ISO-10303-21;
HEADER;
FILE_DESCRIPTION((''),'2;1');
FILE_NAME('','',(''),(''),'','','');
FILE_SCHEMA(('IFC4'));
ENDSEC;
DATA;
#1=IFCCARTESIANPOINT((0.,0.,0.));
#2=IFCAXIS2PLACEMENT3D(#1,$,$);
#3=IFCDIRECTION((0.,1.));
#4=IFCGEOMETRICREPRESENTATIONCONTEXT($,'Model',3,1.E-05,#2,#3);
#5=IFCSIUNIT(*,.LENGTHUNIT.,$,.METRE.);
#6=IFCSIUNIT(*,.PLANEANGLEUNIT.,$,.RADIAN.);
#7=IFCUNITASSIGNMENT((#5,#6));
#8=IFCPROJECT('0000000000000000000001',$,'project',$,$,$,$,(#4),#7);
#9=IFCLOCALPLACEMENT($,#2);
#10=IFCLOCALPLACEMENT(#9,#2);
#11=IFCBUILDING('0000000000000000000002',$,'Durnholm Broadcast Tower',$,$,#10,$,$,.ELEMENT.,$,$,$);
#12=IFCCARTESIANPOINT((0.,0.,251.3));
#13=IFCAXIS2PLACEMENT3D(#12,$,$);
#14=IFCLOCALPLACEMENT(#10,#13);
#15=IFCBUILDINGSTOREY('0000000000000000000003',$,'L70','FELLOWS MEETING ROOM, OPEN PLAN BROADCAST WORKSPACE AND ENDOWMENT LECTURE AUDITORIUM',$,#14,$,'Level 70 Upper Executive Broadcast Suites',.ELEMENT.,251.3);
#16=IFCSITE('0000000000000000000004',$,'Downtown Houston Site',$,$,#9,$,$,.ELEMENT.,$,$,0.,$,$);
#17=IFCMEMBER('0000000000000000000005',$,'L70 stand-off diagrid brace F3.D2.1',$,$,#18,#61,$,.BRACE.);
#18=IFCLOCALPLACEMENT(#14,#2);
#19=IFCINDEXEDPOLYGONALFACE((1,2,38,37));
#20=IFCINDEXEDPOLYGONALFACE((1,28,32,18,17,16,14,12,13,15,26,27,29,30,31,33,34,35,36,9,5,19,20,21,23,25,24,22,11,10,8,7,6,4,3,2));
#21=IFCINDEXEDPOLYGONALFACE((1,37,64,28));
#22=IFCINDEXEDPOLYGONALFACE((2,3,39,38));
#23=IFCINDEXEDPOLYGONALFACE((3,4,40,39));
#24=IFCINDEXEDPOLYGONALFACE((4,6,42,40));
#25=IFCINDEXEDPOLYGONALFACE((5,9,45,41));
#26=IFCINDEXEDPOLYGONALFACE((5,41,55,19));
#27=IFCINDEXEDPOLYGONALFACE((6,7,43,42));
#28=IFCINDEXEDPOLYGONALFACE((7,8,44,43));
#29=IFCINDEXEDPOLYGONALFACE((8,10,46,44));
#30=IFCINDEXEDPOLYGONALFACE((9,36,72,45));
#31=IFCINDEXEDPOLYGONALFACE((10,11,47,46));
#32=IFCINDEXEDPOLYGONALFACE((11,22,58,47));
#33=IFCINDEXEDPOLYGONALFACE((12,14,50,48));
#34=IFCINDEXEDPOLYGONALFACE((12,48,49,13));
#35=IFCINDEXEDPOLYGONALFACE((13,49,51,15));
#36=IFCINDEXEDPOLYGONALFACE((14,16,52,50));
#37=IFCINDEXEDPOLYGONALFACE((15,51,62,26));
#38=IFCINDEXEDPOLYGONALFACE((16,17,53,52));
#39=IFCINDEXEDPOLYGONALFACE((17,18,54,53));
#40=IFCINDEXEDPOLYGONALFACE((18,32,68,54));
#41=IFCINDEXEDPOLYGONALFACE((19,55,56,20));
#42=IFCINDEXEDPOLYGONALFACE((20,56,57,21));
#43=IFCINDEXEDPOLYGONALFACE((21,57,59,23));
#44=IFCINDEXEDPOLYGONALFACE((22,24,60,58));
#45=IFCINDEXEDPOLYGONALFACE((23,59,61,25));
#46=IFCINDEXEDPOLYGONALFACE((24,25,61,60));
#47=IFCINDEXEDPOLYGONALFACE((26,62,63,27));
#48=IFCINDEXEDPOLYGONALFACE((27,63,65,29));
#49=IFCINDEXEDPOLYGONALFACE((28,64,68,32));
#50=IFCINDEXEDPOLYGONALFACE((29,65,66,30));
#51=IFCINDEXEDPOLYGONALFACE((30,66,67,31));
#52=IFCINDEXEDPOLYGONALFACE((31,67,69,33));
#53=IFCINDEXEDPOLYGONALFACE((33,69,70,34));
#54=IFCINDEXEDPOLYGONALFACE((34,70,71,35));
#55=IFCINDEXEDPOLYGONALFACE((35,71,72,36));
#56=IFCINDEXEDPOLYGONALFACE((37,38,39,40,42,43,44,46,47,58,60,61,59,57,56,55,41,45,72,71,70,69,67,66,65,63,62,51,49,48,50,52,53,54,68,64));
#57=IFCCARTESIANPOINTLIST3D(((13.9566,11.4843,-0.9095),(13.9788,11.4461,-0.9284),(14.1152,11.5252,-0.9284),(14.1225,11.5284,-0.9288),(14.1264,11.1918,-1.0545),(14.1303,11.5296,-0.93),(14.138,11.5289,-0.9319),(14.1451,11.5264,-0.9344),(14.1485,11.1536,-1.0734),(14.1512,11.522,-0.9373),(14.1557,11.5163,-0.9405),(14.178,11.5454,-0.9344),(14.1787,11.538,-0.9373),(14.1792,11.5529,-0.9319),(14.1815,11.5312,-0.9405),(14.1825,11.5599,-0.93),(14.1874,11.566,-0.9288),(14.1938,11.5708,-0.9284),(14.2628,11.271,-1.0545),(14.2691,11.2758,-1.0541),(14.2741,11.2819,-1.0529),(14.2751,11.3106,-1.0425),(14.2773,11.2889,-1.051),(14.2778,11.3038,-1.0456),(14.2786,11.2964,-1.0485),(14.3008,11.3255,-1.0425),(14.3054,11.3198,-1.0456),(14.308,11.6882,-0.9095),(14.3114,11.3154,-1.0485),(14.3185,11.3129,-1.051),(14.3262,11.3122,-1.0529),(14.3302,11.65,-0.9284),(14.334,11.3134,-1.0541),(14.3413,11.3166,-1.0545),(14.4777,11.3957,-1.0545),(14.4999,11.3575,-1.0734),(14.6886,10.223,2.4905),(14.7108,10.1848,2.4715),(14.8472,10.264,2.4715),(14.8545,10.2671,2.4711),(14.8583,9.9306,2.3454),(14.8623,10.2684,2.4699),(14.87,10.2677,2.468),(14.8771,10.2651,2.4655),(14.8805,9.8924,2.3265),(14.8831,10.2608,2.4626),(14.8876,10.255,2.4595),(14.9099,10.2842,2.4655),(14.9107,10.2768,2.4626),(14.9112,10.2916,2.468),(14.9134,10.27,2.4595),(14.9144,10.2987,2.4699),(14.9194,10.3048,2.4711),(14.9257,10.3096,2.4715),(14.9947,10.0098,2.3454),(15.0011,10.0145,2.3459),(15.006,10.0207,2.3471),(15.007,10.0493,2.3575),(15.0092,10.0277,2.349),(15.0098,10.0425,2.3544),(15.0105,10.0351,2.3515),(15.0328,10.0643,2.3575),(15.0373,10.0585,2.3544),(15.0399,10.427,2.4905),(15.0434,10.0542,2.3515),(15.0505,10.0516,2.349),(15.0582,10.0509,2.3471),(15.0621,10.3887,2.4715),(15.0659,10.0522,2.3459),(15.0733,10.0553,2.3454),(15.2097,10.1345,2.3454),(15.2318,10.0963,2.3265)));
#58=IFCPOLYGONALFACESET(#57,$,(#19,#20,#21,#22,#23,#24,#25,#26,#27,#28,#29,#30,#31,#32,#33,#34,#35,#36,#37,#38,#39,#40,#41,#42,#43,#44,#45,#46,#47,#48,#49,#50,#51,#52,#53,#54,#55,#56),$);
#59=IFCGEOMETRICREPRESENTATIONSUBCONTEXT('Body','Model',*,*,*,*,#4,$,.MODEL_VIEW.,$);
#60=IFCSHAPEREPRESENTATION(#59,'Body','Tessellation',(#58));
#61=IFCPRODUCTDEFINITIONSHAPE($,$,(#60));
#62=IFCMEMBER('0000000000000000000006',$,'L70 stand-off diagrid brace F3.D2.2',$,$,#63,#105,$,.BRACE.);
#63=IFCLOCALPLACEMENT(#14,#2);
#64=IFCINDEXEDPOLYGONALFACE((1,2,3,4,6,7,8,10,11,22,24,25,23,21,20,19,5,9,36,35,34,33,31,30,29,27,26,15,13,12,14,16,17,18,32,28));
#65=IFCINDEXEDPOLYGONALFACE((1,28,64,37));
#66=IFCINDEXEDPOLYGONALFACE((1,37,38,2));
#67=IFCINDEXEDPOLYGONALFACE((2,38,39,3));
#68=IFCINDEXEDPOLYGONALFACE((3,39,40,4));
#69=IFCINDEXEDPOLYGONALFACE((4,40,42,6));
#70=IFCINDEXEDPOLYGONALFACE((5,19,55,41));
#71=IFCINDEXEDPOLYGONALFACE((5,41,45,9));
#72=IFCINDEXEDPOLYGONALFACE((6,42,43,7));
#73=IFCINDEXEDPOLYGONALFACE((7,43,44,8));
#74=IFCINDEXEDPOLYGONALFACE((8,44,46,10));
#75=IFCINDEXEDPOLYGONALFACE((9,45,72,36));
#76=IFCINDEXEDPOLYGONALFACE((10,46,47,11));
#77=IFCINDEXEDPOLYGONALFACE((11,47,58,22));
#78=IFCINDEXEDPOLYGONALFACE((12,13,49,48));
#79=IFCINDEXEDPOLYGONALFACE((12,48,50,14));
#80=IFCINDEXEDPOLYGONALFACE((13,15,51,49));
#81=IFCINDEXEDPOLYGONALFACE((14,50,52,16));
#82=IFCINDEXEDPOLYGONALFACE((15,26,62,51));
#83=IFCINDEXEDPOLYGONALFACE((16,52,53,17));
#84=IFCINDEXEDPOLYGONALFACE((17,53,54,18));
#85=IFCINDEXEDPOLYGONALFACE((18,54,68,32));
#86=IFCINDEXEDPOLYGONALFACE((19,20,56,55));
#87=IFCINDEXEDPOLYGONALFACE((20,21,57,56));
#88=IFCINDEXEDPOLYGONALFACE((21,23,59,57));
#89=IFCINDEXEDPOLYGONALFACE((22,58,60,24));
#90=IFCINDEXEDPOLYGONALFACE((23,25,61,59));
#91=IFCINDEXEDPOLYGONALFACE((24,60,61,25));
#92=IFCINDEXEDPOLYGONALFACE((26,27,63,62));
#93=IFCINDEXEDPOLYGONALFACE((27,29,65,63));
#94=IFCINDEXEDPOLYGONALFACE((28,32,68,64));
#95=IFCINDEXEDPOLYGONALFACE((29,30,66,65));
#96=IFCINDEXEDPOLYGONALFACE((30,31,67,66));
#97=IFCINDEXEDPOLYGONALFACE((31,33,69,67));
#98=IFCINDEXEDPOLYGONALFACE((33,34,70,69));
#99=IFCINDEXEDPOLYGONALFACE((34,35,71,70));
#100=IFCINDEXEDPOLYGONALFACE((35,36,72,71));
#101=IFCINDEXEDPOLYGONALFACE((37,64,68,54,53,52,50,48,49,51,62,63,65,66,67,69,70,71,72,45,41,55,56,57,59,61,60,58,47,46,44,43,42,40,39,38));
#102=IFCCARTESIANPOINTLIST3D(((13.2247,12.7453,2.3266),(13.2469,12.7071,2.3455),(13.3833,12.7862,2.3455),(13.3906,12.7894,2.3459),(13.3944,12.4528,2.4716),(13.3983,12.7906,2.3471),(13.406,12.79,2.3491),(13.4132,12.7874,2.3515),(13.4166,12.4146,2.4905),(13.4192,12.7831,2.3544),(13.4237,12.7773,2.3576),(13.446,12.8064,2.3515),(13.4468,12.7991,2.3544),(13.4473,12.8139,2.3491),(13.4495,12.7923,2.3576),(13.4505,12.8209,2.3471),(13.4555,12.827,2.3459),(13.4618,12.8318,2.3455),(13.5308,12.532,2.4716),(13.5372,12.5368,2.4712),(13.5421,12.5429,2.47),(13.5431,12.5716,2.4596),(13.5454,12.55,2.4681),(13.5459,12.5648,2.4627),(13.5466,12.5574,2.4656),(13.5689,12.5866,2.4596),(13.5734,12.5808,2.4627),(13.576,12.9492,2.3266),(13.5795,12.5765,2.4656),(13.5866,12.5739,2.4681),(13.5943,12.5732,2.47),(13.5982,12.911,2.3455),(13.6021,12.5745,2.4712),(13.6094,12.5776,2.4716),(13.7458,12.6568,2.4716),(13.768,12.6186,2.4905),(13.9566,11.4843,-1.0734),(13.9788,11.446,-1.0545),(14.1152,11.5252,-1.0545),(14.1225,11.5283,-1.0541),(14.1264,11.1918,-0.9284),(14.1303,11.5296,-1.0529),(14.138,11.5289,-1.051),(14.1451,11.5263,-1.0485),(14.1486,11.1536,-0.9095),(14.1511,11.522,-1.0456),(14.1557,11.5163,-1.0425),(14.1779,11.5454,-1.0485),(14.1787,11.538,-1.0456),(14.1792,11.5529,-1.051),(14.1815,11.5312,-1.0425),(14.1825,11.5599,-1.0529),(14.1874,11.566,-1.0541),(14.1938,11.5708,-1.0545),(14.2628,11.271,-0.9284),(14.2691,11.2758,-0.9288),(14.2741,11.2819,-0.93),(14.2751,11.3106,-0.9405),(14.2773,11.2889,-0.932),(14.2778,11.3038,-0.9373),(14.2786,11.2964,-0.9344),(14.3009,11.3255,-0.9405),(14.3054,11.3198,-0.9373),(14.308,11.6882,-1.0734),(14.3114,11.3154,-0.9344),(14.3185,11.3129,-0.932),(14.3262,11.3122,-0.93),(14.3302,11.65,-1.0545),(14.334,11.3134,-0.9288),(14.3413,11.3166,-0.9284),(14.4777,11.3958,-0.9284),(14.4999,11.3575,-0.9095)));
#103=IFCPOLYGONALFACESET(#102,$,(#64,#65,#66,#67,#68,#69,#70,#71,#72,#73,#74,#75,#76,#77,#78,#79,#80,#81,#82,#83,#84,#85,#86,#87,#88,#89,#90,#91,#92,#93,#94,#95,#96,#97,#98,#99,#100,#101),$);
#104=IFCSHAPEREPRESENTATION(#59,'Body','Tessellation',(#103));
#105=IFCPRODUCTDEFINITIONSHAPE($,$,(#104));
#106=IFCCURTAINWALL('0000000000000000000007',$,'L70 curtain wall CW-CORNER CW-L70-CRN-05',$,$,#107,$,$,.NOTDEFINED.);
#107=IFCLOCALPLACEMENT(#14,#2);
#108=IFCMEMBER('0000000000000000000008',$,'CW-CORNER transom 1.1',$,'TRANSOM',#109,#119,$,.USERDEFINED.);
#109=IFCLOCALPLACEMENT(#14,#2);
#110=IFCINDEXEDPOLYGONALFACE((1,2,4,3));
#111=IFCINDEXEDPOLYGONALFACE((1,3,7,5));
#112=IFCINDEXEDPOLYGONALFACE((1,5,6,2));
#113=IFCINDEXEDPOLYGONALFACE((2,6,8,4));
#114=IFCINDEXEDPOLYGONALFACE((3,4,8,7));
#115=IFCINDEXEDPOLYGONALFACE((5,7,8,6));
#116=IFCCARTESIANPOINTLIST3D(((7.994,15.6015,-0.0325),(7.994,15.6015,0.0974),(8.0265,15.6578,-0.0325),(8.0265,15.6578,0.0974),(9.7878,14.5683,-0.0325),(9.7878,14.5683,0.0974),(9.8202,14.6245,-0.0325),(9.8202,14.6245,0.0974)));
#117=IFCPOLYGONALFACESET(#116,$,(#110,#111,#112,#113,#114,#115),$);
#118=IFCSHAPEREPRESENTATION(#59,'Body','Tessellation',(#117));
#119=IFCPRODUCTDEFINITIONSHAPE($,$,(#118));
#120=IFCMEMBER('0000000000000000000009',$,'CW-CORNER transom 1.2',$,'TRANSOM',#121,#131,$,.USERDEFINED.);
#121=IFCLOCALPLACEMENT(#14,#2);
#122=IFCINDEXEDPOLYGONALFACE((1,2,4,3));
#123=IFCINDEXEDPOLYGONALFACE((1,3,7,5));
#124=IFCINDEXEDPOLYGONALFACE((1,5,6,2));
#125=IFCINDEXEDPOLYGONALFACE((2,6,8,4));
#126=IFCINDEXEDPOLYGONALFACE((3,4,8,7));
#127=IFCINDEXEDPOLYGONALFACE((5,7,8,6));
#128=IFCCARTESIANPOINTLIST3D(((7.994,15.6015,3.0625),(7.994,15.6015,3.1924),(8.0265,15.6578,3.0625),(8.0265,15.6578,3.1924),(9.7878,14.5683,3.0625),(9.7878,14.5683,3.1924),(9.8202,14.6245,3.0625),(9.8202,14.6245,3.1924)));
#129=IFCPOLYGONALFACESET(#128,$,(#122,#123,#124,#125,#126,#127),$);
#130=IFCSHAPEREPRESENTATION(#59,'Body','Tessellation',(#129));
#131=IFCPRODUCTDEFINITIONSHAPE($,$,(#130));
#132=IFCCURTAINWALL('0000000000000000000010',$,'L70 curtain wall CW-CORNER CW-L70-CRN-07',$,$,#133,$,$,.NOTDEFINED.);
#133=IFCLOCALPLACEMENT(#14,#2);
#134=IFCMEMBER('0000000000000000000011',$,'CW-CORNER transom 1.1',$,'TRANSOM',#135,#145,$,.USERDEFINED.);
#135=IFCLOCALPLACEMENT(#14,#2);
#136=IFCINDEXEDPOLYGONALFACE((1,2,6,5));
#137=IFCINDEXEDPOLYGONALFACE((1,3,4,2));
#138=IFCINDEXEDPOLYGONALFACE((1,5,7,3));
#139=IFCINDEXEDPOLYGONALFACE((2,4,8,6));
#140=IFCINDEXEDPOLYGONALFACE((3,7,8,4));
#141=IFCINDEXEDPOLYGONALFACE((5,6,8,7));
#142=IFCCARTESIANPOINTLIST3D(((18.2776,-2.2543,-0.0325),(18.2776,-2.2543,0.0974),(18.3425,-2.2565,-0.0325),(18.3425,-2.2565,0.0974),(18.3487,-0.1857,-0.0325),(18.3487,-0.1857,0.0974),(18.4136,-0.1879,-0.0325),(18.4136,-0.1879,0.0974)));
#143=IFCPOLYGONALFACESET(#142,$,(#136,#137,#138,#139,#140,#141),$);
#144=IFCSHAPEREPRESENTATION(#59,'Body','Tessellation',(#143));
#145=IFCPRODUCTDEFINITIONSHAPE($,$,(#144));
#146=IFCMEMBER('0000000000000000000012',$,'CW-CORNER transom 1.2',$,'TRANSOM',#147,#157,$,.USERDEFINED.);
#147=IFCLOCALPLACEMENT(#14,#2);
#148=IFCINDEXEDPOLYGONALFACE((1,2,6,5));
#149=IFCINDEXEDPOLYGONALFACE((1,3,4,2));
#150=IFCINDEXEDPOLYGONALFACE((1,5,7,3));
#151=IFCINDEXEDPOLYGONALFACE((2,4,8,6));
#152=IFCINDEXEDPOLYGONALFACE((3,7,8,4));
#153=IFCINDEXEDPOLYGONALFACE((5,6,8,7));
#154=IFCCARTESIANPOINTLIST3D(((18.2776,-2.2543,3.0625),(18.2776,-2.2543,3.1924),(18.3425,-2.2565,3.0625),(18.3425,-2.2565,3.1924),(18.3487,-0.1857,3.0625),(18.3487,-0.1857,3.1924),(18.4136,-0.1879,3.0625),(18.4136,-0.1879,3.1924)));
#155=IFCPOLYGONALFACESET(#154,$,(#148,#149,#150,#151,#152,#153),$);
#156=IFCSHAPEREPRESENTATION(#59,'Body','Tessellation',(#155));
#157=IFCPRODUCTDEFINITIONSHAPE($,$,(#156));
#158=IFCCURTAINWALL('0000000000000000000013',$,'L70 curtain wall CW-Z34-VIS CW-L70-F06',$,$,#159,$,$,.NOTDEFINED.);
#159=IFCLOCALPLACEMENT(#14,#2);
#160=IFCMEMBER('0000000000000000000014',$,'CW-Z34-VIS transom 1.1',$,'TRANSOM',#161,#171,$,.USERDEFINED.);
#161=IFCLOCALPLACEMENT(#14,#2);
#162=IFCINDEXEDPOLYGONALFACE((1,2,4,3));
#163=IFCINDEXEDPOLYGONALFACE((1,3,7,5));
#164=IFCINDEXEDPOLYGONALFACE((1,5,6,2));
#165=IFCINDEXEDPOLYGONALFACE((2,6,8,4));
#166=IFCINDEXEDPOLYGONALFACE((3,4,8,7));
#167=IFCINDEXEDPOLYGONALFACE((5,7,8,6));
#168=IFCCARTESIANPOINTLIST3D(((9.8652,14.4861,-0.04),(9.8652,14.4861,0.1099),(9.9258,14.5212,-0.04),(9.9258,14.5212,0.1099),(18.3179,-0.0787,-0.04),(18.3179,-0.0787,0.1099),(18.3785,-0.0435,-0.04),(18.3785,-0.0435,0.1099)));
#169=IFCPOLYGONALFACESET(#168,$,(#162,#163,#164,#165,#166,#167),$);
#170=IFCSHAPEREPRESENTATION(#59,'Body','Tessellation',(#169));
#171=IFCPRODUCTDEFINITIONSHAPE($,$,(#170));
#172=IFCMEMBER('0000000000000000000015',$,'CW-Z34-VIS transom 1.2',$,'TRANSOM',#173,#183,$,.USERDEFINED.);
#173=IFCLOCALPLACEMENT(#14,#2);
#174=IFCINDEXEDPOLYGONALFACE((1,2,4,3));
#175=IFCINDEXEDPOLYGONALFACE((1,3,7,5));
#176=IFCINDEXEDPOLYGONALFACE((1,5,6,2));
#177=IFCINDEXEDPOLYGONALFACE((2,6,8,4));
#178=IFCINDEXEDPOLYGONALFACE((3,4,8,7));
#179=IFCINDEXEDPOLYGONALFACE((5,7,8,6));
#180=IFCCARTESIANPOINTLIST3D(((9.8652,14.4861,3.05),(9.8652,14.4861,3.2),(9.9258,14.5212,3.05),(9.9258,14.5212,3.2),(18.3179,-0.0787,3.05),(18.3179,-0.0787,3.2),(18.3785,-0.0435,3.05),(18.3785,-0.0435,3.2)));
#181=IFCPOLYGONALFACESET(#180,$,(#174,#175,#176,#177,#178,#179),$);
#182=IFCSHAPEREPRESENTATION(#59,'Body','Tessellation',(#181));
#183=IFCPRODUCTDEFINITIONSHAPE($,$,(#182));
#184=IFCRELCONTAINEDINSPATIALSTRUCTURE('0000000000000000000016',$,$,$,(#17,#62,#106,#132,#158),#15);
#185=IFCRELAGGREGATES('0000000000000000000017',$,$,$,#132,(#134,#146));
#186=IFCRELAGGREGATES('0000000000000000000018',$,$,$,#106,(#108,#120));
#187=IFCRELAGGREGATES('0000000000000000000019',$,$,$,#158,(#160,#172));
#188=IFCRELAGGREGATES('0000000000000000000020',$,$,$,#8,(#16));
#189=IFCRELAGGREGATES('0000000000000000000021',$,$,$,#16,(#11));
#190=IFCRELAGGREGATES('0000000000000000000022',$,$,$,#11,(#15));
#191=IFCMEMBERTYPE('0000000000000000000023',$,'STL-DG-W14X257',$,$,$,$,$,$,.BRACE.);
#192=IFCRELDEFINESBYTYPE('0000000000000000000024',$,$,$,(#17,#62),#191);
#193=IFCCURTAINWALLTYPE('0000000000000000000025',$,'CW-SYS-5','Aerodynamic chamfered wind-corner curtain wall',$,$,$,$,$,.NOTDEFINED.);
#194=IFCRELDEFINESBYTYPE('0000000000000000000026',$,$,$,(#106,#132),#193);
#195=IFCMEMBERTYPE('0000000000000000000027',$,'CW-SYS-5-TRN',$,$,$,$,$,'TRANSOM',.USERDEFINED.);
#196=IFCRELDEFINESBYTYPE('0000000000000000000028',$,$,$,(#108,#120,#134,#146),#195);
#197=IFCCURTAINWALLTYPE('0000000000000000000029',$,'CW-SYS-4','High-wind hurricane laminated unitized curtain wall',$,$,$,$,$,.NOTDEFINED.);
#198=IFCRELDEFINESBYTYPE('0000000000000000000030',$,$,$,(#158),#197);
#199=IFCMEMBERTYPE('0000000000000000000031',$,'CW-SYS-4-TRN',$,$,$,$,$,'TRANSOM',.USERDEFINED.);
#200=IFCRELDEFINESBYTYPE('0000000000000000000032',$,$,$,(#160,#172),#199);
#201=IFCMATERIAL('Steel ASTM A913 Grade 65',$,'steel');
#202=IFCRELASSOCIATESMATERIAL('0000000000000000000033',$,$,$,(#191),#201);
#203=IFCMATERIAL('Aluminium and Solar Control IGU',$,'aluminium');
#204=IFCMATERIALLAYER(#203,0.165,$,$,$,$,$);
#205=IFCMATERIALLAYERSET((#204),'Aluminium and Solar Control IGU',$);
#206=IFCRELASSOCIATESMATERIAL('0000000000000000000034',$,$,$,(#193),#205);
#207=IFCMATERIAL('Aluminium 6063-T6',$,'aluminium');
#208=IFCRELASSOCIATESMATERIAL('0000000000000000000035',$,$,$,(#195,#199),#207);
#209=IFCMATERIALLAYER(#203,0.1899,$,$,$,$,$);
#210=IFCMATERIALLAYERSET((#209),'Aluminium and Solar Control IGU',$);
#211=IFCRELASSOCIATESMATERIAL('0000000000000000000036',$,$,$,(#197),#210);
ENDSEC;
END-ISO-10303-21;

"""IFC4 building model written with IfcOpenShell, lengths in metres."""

from ifc_helpers import new_model, si_unit, direction, frame, origin, origin_2d, place, context, subcontext, project, spatial, rectangle, i_section, extrude, source, transform, mapped, material, layer, layer_set, material_profile, profile_set, type_object, type_shapes, element, aggregate, save


model = new_model("IFC4")

# Units and contexts
model_context = context("Model", 3, precision=1e-05, world=origin(), true_north=direction((0.0, 1.0)))
body_context = subcontext(model_context, "Body", "Model", "MODEL_VIEW")
ifc_project = project(units=[si_unit("LENGTHUNIT", "METRE"), si_unit("PLANEANGLEUNIT", "RADIAN")], contexts=[model_context])

# Site, building, storey
site_placement = place(None, origin())
site = spatial("IfcSite", under=ifc_project, at=site_placement, Name="Downtown Houston Site", CompositionType="ELEMENT", RefElevation=0.0)
building_placement = place(site_placement, origin())
building = spatial("IfcBuilding", under=site, at=building_placement, Name="Durnholm Broadcast Tower", CompositionType="ELEMENT")
storey_placement = place(building_placement, frame((0.0, 0.0, 251.3)))
storey = spatial("IfcBuildingStorey", under=building, at=storey_placement, Name="L70", Description="FELLOWS MEETING ROOM, OPEN PLAN BROADCAST WORKSPACE AND ENDOWMENT LECTURE AUDITORIUM", LongName="Level 70 Upper Executive Broadcast Suites", CompositionType="ELEMENT", Elevation=251.3)

# Members
ifc_material_1 = material(Name="Steel ASTM A913 Grade 65", Category="steel")
ifc_material_profile_1 = material_profile(ifc_material_1, i_section(OverallWidth=0.4062, OverallDepth=0.416, WebThickness=0.0298, FlangeThickness=0.0481, FilletRadius=0.0305, at=origin_2d()), Name="W14X257")
ifc_profile_set_1 = profile_set([ifc_material_profile_1], Name="Steel ASTM A913 Grade 65")
member_type_1 = type_object("IfcMemberType", Name="STL-DG-W14X257", PredefinedType="BRACE", material=ifc_profile_set_1)
shared_shape_1 = source(origin(), body_context, "Body", "SweptSolid", [
    extrude(i_section(OverallWidth=0.4062, OverallDepth=0.416, WebThickness=0.0298, FlangeThickness=0.0481, FilletRadius=0.0305, at=origin_2d()), origin(), (0.0, 0.0, 1.0), 3.6995),
])
type_shapes(member_type_1, [shared_shape_1])
for number, where, z_axis, x_axis, name in (
    (1, (14.2283, 11.4209, -0.9915), (0.19785, -0.340926, 0.919035), (0.864906, 0.501934, 0.0), "L70 stand-off diagrid brace F3.D2.1"),
    (2, (14.2283, 11.4209, -0.9915), (-0.197855, 0.340868, 0.919055), (-0.864864, -0.502006, 0.0), "L70 stand-off diagrid brace F3.D2.2"),
):
    element("IfcMember", number, at=place(storey_placement, frame(where, z_axis=z_axis, x_axis=x_axis)), inside=storey, type_object=member_type_1, Name=name, PredefinedType="BRACE", context=body_context, shape_type="MappedRepresentation", body=[
        mapped(shared_shape_1, transform((0.0, 0.0, 0.0), x_axis=(1.0, 0.0, 0.0), y_axis=(0.0, 1.0, 0.0), z_axis=(0.0, 0.0, 1.0), scale=1.0)),
    ])

# Curtain walls, members
ifc_material_2 = material(Name="Aluminium and Solar Control IGU", Category="aluminium")
ifc_layer_1 = layer(ifc_material_2, 0.165)
ifc_layer_set_1 = layer_set([ifc_layer_1], Name="Aluminium and Solar Control IGU")
curtain_wall_type_1 = type_object("IfcCurtainWallType", Name="CW-SYS-5", Description="Aerodynamic chamfered wind-corner curtain wall", PredefinedType="NOTDEFINED", material=ifc_layer_set_1)
curtain_wall_1_placement = place(storey_placement, origin())
curtain_wall_1 = element("IfcCurtainWall", 3, at=curtain_wall_1_placement, inside=storey, type_object=curtain_wall_type_1, Name="L70 curtain wall CW-CORNER CW-L70-CRN-05", PredefinedType="NOTDEFINED")
ifc_material_3 = material(Name="Aluminium 6063-T6", Category="aluminium")
ifc_material_profile_2 = material_profile(ifc_material_3, rectangle(XDim=0.0649, YDim=0.1299, at=origin_2d()), Name="CWT65X130")
ifc_profile_set_2 = profile_set([ifc_material_profile_2], Name="Aluminium 6063-T6")
member_type_2 = type_object("IfcMemberType", Name="CW-SYS-5-TRN", ElementType="TRANSOM", PredefinedType="USERDEFINED", material=ifc_profile_set_2)
shared_shape_2 = source(origin(), body_context, "Body", "SweptSolid", [
    extrude(rectangle(XDim=0.0649, YDim=0.1299, at=origin_2d()), origin(), (0.0, 0.0, 1.0), 2.0701),
])
member_1_placement = place(storey_placement, frame((8.0103, 15.6296, 0.0325), z_axis=(0.866525, -0.499134, 0.0), x_axis=(0.499134, 0.866525, 0.0)))
member_1 = element("IfcMember", 4, at=member_1_placement, type_object=member_type_2, Name="CW-CORNER transom 1.1", ObjectType="TRANSOM", PredefinedType="USERDEFINED", context=body_context, shape_type="MappedRepresentation", body=[
    mapped(shared_shape_2, transform((0.0, 0.0, 0.0), x_axis=(1.0, 0.0, 0.0), y_axis=(0.0, 1.0, 0.0), z_axis=(0.0, 0.0, 1.0), scale=1.0)),
])
member_2_placement = place(storey_placement, frame((8.0103, 15.6296, 3.1274), z_axis=(0.866525, -0.499134, 0.0), x_axis=(0.499134, 0.866525, 0.0)))
member_2 = element("IfcMember", 5, at=member_2_placement, type_object=member_type_2, Name="CW-CORNER transom 1.2", ObjectType="TRANSOM", PredefinedType="USERDEFINED", context=body_context, shape_type="MappedRepresentation", body=[
    mapped(shared_shape_2, transform((0.0, 0.0, 0.0), x_axis=(1.0, 0.0, 0.0), y_axis=(0.0, 1.0, 0.0), z_axis=(0.0, 0.0, 1.0), scale=1.0)),
])
curtain_wall_2_placement = place(storey_placement, origin())
curtain_wall_2 = element("IfcCurtainWall", 6, at=curtain_wall_2_placement, inside=storey, type_object=curtain_wall_type_1, Name="L70 curtain wall CW-CORNER CW-L70-CRN-07", PredefinedType="NOTDEFINED")
shared_shape_3 = source(origin(), body_context, "Body", "SweptSolid", [
    extrude(rectangle(XDim=0.0649, YDim=0.1299, at=origin_2d()), origin(), (0.0, 0.0, 1.0), 2.0698),
])
type_shapes(member_type_2, [shared_shape_2, shared_shape_3])
member_3_placement = place(storey_placement, frame((18.3811, -0.1868, 0.0325), z_axis=(-0.034324, -0.999411, 0.0), x_axis=(0.999411, -0.034324, 0.0)))
member_3 = element("IfcMember", 7, at=member_3_placement, type_object=member_type_2, Name="CW-CORNER transom 1.1", ObjectType="TRANSOM", PredefinedType="USERDEFINED", context=body_context, shape_type="MappedRepresentation", body=[
    mapped(shared_shape_3, transform((0.0, 0.0, 0.0), x_axis=(1.0, 0.0, 0.0), y_axis=(0.0, 1.0, 0.0), z_axis=(0.0, 0.0, 1.0), scale=1.0)),
])
member_4_placement = place(storey_placement, frame((18.3811, -0.1868, 3.1274), z_axis=(-0.034324, -0.999411, 0.0), x_axis=(0.999411, -0.034324, 0.0)))
member_4 = element("IfcMember", 8, at=member_4_placement, type_object=member_type_2, Name="CW-CORNER transom 1.2", ObjectType="TRANSOM", PredefinedType="USERDEFINED", context=body_context, shape_type="MappedRepresentation", body=[
    mapped(shared_shape_3, transform((0.0, 0.0, 0.0), x_axis=(1.0, 0.0, 0.0), y_axis=(0.0, 1.0, 0.0), z_axis=(0.0, 0.0, 1.0), scale=1.0)),
])
ifc_layer_2 = layer(ifc_material_2, 0.1899)
ifc_layer_set_2 = layer_set([ifc_layer_2], Name="Aluminium and Solar Control IGU")
curtain_wall_type_2 = type_object("IfcCurtainWallType", Name="CW-SYS-4", Description="High-wind hurricane laminated unitized curtain wall", PredefinedType="NOTDEFINED", material=ifc_layer_set_2)
curtain_wall_3_placement = place(storey_placement, origin())
curtain_wall_3 = element("IfcCurtainWall", 9, at=curtain_wall_3_placement, inside=storey, type_object=curtain_wall_type_2, Name="L70 curtain wall CW-Z34-VIS CW-L70-F06", PredefinedType="NOTDEFINED")
ifc_material_profile_3 = material_profile(ifc_material_3, rectangle(XDim=0.0701, YDim=0.1499, at=origin_2d()), Name="CWT70X150")
ifc_profile_set_3 = profile_set([ifc_material_profile_3], Name="Aluminium 6063-T6")
member_type_3 = type_object("IfcMemberType", Name="CW-SYS-4-TRN", ElementType="TRANSOM", PredefinedType="USERDEFINED", material=ifc_profile_set_3)
shared_shape_4 = source(origin(), body_context, "Body", "SweptSolid", [
    extrude(rectangle(XDim=0.0701, YDim=0.1499, at=origin_2d()), origin(), (0.0, 0.0, 1.0), 16.8398),
])
type_shapes(member_type_3, [shared_shape_4])
member_5_placement = place(storey_placement, frame((9.8955, 14.5037, 0.0349), z_axis=(0.501945, -0.864899, 0.0), x_axis=(0.864899, 0.501945, 0.0)))
member_5 = element("IfcMember", 10, at=member_5_placement, type_object=member_type_3, Name="CW-Z34-VIS transom 1.1", ObjectType="TRANSOM", PredefinedType="USERDEFINED", context=body_context, shape_type="MappedRepresentation", body=[
    mapped(shared_shape_4, transform((0.0, 0.0, 0.0), x_axis=(1.0, 0.0, 0.0), y_axis=(0.0, 1.0, 0.0), z_axis=(0.0, 0.0, 1.0), scale=1.0)),
])
member_6_placement = place(storey_placement, frame((9.8955, 14.5037, 3.125), z_axis=(0.501945, -0.864899, 0.0), x_axis=(0.864899, 0.501945, 0.0)))
member_6 = element("IfcMember", 11, at=member_6_placement, type_object=member_type_3, Name="CW-Z34-VIS transom 1.2", ObjectType="TRANSOM", PredefinedType="USERDEFINED", context=body_context, shape_type="MappedRepresentation", body=[
    mapped(shared_shape_4, transform((0.0, 0.0, 0.0), x_axis=(1.0, 0.0, 0.0), y_axis=(0.0, 1.0, 0.0), z_axis=(0.0, 0.0, 1.0), scale=1.0)),
])

aggregate(curtain_wall_2, [member_3, member_4])

aggregate(curtain_wall_1, [member_1, member_2])
aggregate(curtain_wall_3, [member_5, member_6])

save(model, "model.ifc")
